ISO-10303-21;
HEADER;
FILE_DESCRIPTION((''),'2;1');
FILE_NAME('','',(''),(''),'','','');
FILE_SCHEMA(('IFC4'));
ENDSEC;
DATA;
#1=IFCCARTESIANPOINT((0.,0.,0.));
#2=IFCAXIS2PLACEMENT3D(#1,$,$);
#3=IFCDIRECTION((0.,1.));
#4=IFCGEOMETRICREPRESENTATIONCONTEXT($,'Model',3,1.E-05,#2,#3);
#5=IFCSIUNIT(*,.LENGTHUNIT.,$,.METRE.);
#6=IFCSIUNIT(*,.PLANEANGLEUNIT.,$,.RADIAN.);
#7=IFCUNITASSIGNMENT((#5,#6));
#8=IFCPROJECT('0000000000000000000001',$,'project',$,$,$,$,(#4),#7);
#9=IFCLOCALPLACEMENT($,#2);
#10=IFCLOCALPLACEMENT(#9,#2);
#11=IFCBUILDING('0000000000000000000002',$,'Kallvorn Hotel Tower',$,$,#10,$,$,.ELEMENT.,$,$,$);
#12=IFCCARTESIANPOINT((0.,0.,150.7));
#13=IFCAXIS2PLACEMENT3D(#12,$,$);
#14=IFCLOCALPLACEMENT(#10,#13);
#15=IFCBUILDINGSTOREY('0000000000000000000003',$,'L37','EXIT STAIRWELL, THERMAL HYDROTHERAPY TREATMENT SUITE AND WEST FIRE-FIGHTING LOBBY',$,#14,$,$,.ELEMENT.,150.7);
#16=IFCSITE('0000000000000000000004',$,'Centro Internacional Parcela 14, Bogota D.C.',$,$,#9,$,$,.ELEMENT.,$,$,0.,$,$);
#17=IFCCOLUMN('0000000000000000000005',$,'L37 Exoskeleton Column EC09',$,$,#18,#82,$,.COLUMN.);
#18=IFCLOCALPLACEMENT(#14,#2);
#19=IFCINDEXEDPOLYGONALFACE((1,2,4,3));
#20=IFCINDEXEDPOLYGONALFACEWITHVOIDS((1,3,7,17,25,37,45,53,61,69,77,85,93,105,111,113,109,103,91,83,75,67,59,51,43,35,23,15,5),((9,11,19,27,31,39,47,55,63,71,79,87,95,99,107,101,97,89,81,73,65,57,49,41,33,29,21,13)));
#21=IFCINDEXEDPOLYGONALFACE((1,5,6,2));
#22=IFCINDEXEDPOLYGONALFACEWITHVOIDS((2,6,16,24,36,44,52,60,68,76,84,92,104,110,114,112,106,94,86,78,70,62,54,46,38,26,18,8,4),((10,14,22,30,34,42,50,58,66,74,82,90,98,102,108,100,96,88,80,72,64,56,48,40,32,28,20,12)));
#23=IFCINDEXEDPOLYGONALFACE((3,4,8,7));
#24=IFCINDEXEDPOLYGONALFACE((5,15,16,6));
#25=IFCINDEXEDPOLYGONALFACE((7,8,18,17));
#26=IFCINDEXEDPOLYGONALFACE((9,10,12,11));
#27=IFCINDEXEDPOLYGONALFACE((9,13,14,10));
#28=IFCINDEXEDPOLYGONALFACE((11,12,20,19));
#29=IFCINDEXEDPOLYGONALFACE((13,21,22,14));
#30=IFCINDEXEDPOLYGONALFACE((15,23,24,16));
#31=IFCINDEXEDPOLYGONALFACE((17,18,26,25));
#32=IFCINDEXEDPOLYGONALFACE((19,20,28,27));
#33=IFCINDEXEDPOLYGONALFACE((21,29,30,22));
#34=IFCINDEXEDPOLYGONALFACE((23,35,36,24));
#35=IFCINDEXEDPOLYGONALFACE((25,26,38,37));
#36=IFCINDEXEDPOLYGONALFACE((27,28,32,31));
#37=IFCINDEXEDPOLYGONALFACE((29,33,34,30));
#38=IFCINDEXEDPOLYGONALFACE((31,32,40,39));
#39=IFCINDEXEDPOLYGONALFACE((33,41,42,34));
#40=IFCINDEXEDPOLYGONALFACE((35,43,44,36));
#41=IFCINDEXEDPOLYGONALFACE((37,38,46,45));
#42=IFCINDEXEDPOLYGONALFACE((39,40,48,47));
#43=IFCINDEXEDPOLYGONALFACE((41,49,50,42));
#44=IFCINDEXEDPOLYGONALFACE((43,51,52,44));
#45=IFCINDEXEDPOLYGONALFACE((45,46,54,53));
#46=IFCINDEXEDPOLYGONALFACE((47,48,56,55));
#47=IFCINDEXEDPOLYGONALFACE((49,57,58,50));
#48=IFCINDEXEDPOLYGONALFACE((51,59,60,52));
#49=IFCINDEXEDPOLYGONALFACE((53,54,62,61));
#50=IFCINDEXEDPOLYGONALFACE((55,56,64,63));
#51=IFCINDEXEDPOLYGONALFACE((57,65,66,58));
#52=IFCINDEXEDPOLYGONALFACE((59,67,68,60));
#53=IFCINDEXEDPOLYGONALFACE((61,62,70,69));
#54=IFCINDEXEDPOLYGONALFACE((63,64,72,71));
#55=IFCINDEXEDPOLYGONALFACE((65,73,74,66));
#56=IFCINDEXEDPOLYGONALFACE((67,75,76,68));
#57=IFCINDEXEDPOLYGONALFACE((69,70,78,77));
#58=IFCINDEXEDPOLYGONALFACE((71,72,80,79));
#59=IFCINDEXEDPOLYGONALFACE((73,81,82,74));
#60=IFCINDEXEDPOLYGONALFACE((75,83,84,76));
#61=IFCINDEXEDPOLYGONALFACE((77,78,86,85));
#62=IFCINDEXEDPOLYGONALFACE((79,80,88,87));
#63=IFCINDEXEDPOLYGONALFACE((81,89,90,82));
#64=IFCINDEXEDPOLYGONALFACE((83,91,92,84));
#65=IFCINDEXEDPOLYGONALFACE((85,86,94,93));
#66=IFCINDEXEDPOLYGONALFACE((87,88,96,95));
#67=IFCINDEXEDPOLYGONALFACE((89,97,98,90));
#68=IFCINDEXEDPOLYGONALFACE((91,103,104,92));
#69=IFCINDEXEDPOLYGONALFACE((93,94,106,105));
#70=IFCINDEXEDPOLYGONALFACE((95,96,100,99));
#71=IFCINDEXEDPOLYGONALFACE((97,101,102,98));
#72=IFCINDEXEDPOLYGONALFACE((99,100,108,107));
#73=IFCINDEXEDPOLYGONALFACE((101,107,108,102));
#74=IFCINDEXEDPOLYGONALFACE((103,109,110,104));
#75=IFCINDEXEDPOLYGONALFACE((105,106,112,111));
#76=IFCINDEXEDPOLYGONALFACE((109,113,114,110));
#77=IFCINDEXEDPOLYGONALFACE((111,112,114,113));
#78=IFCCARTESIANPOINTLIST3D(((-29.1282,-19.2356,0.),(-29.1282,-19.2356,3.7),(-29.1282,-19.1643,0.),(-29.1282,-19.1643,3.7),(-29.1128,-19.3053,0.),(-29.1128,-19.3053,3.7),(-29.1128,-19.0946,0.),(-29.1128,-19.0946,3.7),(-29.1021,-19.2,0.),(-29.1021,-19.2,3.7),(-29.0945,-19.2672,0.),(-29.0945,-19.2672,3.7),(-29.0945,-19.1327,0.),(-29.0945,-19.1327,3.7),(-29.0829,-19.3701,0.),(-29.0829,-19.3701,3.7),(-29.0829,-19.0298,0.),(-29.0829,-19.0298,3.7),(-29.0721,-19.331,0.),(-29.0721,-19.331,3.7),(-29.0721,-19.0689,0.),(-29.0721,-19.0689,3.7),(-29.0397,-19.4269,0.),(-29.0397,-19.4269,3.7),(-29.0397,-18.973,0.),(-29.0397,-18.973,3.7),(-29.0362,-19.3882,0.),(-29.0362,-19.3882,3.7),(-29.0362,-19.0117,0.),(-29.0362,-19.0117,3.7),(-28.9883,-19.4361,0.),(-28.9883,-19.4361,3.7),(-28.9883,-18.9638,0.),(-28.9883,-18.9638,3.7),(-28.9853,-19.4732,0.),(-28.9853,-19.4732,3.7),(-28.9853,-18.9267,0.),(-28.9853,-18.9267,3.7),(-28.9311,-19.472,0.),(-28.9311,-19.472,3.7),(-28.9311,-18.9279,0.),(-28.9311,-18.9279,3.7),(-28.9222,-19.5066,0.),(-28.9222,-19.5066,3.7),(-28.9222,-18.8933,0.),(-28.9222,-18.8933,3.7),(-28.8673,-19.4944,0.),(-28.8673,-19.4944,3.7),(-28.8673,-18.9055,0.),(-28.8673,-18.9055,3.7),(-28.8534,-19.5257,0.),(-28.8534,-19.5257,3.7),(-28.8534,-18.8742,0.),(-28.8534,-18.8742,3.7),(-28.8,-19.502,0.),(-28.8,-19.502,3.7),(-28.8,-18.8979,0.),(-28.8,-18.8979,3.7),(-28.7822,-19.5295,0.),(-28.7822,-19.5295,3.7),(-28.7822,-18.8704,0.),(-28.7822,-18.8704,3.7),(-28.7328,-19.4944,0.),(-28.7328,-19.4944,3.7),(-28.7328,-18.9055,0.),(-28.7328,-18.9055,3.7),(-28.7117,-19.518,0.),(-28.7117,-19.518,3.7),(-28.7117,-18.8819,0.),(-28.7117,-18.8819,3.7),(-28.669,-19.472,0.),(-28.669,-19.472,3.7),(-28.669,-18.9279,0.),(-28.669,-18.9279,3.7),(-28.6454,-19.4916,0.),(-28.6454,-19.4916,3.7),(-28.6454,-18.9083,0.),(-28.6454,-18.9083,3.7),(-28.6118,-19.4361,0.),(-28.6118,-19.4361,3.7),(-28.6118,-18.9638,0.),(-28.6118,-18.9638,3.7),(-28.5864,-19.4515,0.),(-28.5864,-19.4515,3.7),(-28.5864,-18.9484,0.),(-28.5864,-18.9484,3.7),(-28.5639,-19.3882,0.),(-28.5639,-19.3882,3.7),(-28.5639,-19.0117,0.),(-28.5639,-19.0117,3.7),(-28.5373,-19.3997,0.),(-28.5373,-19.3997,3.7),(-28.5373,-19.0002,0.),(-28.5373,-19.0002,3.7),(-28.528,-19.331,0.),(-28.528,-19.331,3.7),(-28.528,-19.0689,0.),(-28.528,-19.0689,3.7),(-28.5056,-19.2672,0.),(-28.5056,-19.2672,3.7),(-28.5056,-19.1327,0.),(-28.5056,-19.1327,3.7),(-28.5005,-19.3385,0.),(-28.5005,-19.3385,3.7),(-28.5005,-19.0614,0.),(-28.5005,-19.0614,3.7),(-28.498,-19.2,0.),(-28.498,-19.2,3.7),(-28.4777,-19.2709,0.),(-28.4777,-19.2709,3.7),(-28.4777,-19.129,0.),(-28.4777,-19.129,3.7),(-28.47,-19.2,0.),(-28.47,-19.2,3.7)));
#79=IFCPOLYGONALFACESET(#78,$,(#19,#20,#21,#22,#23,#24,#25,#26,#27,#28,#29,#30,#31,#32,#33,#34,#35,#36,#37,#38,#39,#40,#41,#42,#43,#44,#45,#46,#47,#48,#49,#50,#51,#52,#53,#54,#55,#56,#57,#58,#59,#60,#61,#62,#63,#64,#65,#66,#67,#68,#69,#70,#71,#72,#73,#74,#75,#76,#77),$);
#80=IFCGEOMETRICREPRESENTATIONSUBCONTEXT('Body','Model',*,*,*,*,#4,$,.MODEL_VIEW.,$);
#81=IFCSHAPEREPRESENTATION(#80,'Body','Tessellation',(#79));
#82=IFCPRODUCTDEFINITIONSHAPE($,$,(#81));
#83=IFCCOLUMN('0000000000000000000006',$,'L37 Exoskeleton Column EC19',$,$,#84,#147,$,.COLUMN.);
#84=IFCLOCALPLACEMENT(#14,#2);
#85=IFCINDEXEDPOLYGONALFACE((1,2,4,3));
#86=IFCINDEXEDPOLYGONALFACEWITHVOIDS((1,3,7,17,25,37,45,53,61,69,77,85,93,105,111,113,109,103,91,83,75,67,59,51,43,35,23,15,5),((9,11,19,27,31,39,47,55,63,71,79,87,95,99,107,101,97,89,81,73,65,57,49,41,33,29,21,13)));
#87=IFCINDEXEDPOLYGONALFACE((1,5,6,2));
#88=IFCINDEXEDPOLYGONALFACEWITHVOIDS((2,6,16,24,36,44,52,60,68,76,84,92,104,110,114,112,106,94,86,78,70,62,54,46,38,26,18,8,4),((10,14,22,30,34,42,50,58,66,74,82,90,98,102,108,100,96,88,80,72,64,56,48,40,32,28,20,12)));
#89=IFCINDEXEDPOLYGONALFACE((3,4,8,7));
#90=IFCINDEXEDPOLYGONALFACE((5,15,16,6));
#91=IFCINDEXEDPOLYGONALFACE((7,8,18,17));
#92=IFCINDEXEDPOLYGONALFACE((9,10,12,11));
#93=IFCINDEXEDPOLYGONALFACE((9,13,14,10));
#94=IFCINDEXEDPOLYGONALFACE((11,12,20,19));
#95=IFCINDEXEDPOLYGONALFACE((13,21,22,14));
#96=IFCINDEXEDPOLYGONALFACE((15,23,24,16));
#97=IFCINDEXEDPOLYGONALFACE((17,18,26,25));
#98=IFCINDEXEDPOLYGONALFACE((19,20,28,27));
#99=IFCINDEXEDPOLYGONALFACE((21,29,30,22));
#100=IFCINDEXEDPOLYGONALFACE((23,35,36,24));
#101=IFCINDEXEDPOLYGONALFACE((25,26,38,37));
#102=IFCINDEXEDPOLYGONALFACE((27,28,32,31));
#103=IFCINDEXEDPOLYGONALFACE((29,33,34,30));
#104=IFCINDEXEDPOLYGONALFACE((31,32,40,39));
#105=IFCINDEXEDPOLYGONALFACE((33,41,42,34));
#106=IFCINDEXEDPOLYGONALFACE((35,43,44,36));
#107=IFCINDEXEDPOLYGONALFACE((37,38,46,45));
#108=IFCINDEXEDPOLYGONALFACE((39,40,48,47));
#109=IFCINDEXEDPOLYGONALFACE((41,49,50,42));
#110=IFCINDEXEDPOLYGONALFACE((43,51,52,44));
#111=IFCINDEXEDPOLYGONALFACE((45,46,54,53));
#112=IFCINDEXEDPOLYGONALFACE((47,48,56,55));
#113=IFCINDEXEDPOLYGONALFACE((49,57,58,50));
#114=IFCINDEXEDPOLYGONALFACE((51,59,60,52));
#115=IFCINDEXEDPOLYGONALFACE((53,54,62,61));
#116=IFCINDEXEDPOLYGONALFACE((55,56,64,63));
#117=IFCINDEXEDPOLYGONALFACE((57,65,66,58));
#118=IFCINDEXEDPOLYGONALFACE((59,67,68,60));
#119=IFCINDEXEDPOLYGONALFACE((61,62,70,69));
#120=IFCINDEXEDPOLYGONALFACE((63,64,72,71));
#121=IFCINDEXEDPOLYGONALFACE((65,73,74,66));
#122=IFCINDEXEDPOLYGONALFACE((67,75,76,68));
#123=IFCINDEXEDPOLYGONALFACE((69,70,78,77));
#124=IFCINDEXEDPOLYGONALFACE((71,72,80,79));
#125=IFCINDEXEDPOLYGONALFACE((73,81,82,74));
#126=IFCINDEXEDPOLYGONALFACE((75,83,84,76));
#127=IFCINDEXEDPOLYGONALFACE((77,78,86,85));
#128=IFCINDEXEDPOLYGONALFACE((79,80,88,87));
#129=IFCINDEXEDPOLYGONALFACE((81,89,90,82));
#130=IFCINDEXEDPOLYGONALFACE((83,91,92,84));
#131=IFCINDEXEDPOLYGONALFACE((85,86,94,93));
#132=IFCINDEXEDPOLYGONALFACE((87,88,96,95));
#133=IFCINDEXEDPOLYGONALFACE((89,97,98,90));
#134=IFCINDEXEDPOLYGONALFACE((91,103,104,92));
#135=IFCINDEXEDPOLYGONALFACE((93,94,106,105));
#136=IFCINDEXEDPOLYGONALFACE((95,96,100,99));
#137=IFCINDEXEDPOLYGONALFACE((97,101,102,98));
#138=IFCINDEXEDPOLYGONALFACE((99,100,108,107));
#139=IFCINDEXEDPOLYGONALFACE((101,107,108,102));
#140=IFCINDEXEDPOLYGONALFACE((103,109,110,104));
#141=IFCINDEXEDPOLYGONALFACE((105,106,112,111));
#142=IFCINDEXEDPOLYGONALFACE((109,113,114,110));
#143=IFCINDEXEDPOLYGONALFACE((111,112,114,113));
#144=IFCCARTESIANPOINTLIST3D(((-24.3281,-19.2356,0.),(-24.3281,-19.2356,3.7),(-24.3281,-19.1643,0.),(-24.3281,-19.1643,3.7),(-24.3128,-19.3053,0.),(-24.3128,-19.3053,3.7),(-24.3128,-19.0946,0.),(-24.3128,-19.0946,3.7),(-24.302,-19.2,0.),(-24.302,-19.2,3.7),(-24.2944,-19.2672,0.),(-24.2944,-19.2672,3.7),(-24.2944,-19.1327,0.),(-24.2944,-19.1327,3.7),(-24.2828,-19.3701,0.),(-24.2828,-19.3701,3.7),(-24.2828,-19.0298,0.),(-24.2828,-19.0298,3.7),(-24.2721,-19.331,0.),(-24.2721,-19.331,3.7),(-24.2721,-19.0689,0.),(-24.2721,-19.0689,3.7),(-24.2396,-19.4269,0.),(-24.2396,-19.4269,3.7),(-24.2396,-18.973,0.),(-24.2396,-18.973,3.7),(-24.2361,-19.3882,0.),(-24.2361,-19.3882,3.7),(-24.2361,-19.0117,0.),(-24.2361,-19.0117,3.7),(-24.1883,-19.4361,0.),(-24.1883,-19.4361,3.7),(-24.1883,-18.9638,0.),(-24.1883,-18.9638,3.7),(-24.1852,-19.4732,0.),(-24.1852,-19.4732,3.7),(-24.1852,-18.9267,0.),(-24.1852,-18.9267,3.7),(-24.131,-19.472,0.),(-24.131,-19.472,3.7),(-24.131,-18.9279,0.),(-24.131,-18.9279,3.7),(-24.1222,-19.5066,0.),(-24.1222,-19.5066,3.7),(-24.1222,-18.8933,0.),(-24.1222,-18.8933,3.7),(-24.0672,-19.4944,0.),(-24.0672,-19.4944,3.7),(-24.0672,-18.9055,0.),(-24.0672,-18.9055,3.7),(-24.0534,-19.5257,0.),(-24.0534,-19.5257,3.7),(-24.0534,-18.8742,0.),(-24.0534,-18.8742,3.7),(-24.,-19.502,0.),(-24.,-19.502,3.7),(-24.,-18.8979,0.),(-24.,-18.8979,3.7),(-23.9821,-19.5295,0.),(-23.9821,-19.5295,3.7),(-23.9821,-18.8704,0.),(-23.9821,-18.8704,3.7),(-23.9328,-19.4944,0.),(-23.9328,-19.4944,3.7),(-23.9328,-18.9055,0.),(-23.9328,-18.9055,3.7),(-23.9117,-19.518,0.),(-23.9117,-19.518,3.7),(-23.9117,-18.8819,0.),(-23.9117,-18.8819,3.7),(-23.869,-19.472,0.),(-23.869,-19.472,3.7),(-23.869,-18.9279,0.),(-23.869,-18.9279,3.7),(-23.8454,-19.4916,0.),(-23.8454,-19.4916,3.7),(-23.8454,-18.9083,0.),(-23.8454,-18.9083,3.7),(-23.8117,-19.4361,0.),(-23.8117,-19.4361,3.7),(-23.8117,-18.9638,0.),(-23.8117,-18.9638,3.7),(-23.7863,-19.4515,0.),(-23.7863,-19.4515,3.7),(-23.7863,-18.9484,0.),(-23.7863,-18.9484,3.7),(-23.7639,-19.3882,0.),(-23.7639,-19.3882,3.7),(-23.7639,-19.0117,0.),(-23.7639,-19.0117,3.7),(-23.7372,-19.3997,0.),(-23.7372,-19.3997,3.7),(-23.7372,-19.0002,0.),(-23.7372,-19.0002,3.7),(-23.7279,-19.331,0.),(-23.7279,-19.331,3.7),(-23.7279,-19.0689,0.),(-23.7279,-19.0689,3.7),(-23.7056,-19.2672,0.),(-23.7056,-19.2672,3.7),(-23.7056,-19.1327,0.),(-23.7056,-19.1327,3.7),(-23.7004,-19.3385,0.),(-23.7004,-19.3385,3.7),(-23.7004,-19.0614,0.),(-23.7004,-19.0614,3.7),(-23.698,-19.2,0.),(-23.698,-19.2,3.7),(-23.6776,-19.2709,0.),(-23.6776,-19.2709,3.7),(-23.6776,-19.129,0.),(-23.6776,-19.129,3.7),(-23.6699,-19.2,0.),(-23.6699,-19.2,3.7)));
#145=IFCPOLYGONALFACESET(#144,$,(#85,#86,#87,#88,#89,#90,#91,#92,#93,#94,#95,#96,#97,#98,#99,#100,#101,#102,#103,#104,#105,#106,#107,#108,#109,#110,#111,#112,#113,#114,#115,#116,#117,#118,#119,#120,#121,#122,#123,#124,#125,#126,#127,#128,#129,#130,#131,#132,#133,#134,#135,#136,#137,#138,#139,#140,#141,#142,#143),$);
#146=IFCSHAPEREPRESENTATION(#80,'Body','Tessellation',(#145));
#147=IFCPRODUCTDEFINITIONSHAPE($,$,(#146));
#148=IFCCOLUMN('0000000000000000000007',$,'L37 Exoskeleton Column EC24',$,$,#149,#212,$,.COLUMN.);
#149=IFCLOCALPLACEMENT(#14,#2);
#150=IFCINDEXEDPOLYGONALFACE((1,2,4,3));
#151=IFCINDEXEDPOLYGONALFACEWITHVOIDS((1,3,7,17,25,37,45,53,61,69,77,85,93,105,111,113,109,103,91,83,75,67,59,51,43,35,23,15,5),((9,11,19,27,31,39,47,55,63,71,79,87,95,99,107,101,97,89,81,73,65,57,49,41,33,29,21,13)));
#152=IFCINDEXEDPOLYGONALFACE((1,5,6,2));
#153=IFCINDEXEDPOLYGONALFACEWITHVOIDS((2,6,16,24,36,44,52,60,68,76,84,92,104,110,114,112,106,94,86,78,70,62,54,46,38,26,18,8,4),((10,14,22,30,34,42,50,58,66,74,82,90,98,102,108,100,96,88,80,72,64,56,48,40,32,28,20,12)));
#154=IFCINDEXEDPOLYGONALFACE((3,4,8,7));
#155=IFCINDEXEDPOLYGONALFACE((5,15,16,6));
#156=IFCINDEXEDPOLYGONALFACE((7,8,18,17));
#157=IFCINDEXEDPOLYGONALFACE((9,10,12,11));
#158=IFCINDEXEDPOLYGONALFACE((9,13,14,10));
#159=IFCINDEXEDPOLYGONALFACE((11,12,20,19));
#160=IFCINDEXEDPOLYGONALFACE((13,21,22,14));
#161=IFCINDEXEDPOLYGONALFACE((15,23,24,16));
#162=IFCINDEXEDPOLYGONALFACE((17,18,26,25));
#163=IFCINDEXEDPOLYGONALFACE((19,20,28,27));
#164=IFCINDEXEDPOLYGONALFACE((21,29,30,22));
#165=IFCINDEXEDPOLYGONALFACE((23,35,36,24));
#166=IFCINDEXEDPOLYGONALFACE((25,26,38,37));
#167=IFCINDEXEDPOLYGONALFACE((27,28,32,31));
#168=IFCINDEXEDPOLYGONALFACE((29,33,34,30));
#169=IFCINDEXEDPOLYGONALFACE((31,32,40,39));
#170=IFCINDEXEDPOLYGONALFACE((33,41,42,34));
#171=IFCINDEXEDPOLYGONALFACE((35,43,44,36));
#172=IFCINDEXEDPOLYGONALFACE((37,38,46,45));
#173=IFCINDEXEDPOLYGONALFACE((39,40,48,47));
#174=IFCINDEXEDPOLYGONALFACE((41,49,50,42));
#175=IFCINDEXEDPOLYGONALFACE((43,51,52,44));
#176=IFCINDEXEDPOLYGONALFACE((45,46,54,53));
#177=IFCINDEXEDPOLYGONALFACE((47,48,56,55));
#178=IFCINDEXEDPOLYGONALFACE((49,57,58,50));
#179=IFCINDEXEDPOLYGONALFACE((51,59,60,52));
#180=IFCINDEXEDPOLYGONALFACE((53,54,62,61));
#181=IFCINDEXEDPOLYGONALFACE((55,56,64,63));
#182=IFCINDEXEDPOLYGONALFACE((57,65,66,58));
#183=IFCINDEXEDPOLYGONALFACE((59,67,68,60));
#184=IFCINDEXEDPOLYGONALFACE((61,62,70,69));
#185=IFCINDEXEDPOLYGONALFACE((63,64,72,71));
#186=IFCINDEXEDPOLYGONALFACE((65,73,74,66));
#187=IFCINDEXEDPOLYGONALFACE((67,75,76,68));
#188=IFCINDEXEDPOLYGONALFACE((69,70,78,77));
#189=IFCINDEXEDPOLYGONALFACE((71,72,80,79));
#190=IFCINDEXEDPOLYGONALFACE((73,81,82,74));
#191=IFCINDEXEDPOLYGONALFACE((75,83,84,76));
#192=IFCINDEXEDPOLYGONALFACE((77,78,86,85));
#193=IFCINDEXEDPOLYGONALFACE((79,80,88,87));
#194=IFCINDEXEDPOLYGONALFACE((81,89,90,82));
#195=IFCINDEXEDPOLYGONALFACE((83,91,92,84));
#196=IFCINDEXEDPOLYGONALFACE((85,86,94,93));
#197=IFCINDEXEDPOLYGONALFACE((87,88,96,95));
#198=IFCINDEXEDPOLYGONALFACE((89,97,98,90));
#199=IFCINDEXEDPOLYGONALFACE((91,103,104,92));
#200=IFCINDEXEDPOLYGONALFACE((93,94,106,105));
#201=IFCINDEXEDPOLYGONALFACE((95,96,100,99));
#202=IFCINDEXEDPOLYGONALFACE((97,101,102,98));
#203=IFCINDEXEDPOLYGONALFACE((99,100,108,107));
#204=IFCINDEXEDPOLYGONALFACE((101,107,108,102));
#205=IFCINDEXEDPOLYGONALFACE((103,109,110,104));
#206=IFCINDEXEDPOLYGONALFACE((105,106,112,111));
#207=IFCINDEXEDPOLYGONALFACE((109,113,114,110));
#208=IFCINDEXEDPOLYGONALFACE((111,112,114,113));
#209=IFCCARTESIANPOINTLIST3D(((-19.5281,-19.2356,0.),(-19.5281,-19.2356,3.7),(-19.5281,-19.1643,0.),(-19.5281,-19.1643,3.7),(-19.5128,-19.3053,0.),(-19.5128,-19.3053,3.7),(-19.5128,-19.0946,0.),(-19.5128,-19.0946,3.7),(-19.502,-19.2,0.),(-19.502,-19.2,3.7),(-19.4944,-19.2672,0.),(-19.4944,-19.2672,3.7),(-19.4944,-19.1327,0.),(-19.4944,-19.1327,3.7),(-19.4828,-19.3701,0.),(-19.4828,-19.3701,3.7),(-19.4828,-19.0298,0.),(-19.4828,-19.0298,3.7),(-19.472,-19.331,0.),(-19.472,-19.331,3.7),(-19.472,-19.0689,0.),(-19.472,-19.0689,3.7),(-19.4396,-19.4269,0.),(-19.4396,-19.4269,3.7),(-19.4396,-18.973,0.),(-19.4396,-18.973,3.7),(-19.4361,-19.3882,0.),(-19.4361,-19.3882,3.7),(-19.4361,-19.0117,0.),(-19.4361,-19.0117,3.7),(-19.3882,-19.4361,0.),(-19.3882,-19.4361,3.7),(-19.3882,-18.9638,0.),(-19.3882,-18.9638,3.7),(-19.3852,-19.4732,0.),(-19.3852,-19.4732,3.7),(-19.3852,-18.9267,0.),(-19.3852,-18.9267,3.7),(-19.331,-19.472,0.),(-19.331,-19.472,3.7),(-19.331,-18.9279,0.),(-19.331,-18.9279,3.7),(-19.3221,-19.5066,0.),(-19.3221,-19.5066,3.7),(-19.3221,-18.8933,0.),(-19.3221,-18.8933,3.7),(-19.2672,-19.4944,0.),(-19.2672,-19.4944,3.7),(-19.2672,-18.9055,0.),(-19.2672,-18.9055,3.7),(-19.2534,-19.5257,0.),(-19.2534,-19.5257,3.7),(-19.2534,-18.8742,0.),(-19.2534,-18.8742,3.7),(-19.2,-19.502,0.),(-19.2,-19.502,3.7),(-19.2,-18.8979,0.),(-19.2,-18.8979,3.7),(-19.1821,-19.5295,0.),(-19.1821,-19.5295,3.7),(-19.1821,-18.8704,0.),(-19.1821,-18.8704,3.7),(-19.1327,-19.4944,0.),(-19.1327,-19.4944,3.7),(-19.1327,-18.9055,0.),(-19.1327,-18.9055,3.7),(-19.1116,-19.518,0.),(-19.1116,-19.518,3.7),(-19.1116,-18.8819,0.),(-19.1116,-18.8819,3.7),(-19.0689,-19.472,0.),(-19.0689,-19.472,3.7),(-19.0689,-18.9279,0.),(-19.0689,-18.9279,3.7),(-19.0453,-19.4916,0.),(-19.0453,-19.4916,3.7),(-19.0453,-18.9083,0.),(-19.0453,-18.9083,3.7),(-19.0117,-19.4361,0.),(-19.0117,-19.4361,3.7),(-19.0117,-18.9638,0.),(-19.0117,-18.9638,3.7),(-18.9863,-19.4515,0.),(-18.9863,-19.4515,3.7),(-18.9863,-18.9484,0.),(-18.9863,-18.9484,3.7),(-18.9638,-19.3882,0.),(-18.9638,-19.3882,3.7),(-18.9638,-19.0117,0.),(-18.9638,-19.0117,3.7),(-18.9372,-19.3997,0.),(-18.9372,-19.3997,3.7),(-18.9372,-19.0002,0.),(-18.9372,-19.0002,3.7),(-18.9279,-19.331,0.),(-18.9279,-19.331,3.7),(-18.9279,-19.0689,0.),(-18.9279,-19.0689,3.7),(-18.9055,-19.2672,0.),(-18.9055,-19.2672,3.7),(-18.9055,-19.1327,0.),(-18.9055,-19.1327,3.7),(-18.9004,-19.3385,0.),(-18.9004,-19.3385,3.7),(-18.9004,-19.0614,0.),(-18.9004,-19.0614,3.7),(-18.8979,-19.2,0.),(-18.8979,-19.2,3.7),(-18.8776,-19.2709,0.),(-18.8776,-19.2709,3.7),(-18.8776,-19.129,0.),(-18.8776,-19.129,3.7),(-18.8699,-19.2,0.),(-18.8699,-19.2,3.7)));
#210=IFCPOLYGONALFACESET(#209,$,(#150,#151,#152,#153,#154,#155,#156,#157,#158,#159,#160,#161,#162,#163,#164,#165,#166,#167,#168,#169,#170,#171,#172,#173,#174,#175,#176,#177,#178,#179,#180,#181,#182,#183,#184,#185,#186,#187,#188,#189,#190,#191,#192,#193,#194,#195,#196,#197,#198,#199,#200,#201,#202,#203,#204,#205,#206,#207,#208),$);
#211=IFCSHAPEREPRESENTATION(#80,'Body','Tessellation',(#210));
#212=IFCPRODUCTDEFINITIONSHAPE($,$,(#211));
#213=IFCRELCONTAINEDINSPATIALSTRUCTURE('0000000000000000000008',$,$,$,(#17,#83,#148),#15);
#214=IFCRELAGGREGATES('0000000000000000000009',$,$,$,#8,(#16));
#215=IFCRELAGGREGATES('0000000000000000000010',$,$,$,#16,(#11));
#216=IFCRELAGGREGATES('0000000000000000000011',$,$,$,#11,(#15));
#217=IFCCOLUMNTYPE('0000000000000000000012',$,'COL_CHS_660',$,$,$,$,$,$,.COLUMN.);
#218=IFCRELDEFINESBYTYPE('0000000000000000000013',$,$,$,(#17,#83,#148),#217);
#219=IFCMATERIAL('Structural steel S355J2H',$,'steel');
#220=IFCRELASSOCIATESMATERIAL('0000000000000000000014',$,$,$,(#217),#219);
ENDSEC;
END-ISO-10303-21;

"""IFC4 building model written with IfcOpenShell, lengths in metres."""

from ifc_helpers import new_model, si_unit, direction, frame, origin, origin_2d, place, context, subcontext, project, spatial, hollow_circle, extrude, material, material_profile, profile_set, type_object, element, save


model = new_model("IFC4")

# Units and contexts
model_context = context("Model", 3, precision=1e-05, world=origin(), true_north=direction((0.0, 1.0)))
body_context = subcontext(model_context, "Body", "Model", "MODEL_VIEW")
ifc_project = project(units=[si_unit("LENGTHUNIT", "METRE"), si_unit("PLANEANGLEUNIT", "RADIAN")], contexts=[model_context])

# Site, building, storey
site_placement = place(None, origin())
site = spatial("IfcSite", under=ifc_project, at=site_placement, Name="Centro Internacional Parcela 14, Bogota D.C.", CompositionType="ELEMENT", RefElevation=0.0)
building_placement = place(site_placement, origin())
building = spatial("IfcBuilding", under=site, at=building_placement, Name="Kallvorn Hotel Tower", CompositionType="ELEMENT")
storey_placement = place(building_placement, frame((0.0, 0.0, 150.7)))
storey = spatial("IfcBuildingStorey", under=building, at=storey_placement, Name="L37", Description="EXIT STAIRWELL, THERMAL HYDROTHERAPY TREATMENT SUITE AND WEST FIRE-FIGHTING LOBBY", CompositionType="ELEMENT", Elevation=150.7)

# Columns
ifc_material_1 = material(Name="Structural steel S355J2H", Category="steel")
ifc_material_profile_1 = material_profile(ifc_material_1, hollow_circle(Radius=0.3301, WallThickness=0.0281, at=origin_2d()), Name="CHS 660x28")
ifc_profile_set_1 = profile_set([ifc_material_profile_1], Name="Structural steel S355J2H")
column_type_1 = type_object("IfcColumnType", Name="COL_CHS_660", PredefinedType="COLUMN", material=ifc_profile_set_1)
for number, where, z_axis, x_axis, name in (
    (1, (-28.8, -19.2, 0.0), (0.0, 0.0, 1.0), (1.0, 0.0, 0.0), "L37 Exoskeleton Column EC09"),
    (2, (-24.0, -19.2, 0.0), (0.0, 0.0, 1.0), (1.0, 0.0, 0.0), "L37 Exoskeleton Column EC19"),
    (3, (-19.2, -19.2, 0.0), (0.0, 0.0, 1.0), (1.0, 0.0, 0.0), "L37 Exoskeleton Column EC24"),
):
    element("IfcColumn", number, at=place(storey_placement, frame(where, z_axis=z_axis, x_axis=x_axis)), inside=storey, type_object=column_type_1, Name=name, PredefinedType="COLUMN", context=body_context, shape_type="SweptSolid", body=[
        extrude(hollow_circle(Radius=0.3301, WallThickness=0.0281, at=origin_2d()), origin(), (0.0, 0.0, 1.0), 3.7),
    ])

save(model, "model.ifc")
